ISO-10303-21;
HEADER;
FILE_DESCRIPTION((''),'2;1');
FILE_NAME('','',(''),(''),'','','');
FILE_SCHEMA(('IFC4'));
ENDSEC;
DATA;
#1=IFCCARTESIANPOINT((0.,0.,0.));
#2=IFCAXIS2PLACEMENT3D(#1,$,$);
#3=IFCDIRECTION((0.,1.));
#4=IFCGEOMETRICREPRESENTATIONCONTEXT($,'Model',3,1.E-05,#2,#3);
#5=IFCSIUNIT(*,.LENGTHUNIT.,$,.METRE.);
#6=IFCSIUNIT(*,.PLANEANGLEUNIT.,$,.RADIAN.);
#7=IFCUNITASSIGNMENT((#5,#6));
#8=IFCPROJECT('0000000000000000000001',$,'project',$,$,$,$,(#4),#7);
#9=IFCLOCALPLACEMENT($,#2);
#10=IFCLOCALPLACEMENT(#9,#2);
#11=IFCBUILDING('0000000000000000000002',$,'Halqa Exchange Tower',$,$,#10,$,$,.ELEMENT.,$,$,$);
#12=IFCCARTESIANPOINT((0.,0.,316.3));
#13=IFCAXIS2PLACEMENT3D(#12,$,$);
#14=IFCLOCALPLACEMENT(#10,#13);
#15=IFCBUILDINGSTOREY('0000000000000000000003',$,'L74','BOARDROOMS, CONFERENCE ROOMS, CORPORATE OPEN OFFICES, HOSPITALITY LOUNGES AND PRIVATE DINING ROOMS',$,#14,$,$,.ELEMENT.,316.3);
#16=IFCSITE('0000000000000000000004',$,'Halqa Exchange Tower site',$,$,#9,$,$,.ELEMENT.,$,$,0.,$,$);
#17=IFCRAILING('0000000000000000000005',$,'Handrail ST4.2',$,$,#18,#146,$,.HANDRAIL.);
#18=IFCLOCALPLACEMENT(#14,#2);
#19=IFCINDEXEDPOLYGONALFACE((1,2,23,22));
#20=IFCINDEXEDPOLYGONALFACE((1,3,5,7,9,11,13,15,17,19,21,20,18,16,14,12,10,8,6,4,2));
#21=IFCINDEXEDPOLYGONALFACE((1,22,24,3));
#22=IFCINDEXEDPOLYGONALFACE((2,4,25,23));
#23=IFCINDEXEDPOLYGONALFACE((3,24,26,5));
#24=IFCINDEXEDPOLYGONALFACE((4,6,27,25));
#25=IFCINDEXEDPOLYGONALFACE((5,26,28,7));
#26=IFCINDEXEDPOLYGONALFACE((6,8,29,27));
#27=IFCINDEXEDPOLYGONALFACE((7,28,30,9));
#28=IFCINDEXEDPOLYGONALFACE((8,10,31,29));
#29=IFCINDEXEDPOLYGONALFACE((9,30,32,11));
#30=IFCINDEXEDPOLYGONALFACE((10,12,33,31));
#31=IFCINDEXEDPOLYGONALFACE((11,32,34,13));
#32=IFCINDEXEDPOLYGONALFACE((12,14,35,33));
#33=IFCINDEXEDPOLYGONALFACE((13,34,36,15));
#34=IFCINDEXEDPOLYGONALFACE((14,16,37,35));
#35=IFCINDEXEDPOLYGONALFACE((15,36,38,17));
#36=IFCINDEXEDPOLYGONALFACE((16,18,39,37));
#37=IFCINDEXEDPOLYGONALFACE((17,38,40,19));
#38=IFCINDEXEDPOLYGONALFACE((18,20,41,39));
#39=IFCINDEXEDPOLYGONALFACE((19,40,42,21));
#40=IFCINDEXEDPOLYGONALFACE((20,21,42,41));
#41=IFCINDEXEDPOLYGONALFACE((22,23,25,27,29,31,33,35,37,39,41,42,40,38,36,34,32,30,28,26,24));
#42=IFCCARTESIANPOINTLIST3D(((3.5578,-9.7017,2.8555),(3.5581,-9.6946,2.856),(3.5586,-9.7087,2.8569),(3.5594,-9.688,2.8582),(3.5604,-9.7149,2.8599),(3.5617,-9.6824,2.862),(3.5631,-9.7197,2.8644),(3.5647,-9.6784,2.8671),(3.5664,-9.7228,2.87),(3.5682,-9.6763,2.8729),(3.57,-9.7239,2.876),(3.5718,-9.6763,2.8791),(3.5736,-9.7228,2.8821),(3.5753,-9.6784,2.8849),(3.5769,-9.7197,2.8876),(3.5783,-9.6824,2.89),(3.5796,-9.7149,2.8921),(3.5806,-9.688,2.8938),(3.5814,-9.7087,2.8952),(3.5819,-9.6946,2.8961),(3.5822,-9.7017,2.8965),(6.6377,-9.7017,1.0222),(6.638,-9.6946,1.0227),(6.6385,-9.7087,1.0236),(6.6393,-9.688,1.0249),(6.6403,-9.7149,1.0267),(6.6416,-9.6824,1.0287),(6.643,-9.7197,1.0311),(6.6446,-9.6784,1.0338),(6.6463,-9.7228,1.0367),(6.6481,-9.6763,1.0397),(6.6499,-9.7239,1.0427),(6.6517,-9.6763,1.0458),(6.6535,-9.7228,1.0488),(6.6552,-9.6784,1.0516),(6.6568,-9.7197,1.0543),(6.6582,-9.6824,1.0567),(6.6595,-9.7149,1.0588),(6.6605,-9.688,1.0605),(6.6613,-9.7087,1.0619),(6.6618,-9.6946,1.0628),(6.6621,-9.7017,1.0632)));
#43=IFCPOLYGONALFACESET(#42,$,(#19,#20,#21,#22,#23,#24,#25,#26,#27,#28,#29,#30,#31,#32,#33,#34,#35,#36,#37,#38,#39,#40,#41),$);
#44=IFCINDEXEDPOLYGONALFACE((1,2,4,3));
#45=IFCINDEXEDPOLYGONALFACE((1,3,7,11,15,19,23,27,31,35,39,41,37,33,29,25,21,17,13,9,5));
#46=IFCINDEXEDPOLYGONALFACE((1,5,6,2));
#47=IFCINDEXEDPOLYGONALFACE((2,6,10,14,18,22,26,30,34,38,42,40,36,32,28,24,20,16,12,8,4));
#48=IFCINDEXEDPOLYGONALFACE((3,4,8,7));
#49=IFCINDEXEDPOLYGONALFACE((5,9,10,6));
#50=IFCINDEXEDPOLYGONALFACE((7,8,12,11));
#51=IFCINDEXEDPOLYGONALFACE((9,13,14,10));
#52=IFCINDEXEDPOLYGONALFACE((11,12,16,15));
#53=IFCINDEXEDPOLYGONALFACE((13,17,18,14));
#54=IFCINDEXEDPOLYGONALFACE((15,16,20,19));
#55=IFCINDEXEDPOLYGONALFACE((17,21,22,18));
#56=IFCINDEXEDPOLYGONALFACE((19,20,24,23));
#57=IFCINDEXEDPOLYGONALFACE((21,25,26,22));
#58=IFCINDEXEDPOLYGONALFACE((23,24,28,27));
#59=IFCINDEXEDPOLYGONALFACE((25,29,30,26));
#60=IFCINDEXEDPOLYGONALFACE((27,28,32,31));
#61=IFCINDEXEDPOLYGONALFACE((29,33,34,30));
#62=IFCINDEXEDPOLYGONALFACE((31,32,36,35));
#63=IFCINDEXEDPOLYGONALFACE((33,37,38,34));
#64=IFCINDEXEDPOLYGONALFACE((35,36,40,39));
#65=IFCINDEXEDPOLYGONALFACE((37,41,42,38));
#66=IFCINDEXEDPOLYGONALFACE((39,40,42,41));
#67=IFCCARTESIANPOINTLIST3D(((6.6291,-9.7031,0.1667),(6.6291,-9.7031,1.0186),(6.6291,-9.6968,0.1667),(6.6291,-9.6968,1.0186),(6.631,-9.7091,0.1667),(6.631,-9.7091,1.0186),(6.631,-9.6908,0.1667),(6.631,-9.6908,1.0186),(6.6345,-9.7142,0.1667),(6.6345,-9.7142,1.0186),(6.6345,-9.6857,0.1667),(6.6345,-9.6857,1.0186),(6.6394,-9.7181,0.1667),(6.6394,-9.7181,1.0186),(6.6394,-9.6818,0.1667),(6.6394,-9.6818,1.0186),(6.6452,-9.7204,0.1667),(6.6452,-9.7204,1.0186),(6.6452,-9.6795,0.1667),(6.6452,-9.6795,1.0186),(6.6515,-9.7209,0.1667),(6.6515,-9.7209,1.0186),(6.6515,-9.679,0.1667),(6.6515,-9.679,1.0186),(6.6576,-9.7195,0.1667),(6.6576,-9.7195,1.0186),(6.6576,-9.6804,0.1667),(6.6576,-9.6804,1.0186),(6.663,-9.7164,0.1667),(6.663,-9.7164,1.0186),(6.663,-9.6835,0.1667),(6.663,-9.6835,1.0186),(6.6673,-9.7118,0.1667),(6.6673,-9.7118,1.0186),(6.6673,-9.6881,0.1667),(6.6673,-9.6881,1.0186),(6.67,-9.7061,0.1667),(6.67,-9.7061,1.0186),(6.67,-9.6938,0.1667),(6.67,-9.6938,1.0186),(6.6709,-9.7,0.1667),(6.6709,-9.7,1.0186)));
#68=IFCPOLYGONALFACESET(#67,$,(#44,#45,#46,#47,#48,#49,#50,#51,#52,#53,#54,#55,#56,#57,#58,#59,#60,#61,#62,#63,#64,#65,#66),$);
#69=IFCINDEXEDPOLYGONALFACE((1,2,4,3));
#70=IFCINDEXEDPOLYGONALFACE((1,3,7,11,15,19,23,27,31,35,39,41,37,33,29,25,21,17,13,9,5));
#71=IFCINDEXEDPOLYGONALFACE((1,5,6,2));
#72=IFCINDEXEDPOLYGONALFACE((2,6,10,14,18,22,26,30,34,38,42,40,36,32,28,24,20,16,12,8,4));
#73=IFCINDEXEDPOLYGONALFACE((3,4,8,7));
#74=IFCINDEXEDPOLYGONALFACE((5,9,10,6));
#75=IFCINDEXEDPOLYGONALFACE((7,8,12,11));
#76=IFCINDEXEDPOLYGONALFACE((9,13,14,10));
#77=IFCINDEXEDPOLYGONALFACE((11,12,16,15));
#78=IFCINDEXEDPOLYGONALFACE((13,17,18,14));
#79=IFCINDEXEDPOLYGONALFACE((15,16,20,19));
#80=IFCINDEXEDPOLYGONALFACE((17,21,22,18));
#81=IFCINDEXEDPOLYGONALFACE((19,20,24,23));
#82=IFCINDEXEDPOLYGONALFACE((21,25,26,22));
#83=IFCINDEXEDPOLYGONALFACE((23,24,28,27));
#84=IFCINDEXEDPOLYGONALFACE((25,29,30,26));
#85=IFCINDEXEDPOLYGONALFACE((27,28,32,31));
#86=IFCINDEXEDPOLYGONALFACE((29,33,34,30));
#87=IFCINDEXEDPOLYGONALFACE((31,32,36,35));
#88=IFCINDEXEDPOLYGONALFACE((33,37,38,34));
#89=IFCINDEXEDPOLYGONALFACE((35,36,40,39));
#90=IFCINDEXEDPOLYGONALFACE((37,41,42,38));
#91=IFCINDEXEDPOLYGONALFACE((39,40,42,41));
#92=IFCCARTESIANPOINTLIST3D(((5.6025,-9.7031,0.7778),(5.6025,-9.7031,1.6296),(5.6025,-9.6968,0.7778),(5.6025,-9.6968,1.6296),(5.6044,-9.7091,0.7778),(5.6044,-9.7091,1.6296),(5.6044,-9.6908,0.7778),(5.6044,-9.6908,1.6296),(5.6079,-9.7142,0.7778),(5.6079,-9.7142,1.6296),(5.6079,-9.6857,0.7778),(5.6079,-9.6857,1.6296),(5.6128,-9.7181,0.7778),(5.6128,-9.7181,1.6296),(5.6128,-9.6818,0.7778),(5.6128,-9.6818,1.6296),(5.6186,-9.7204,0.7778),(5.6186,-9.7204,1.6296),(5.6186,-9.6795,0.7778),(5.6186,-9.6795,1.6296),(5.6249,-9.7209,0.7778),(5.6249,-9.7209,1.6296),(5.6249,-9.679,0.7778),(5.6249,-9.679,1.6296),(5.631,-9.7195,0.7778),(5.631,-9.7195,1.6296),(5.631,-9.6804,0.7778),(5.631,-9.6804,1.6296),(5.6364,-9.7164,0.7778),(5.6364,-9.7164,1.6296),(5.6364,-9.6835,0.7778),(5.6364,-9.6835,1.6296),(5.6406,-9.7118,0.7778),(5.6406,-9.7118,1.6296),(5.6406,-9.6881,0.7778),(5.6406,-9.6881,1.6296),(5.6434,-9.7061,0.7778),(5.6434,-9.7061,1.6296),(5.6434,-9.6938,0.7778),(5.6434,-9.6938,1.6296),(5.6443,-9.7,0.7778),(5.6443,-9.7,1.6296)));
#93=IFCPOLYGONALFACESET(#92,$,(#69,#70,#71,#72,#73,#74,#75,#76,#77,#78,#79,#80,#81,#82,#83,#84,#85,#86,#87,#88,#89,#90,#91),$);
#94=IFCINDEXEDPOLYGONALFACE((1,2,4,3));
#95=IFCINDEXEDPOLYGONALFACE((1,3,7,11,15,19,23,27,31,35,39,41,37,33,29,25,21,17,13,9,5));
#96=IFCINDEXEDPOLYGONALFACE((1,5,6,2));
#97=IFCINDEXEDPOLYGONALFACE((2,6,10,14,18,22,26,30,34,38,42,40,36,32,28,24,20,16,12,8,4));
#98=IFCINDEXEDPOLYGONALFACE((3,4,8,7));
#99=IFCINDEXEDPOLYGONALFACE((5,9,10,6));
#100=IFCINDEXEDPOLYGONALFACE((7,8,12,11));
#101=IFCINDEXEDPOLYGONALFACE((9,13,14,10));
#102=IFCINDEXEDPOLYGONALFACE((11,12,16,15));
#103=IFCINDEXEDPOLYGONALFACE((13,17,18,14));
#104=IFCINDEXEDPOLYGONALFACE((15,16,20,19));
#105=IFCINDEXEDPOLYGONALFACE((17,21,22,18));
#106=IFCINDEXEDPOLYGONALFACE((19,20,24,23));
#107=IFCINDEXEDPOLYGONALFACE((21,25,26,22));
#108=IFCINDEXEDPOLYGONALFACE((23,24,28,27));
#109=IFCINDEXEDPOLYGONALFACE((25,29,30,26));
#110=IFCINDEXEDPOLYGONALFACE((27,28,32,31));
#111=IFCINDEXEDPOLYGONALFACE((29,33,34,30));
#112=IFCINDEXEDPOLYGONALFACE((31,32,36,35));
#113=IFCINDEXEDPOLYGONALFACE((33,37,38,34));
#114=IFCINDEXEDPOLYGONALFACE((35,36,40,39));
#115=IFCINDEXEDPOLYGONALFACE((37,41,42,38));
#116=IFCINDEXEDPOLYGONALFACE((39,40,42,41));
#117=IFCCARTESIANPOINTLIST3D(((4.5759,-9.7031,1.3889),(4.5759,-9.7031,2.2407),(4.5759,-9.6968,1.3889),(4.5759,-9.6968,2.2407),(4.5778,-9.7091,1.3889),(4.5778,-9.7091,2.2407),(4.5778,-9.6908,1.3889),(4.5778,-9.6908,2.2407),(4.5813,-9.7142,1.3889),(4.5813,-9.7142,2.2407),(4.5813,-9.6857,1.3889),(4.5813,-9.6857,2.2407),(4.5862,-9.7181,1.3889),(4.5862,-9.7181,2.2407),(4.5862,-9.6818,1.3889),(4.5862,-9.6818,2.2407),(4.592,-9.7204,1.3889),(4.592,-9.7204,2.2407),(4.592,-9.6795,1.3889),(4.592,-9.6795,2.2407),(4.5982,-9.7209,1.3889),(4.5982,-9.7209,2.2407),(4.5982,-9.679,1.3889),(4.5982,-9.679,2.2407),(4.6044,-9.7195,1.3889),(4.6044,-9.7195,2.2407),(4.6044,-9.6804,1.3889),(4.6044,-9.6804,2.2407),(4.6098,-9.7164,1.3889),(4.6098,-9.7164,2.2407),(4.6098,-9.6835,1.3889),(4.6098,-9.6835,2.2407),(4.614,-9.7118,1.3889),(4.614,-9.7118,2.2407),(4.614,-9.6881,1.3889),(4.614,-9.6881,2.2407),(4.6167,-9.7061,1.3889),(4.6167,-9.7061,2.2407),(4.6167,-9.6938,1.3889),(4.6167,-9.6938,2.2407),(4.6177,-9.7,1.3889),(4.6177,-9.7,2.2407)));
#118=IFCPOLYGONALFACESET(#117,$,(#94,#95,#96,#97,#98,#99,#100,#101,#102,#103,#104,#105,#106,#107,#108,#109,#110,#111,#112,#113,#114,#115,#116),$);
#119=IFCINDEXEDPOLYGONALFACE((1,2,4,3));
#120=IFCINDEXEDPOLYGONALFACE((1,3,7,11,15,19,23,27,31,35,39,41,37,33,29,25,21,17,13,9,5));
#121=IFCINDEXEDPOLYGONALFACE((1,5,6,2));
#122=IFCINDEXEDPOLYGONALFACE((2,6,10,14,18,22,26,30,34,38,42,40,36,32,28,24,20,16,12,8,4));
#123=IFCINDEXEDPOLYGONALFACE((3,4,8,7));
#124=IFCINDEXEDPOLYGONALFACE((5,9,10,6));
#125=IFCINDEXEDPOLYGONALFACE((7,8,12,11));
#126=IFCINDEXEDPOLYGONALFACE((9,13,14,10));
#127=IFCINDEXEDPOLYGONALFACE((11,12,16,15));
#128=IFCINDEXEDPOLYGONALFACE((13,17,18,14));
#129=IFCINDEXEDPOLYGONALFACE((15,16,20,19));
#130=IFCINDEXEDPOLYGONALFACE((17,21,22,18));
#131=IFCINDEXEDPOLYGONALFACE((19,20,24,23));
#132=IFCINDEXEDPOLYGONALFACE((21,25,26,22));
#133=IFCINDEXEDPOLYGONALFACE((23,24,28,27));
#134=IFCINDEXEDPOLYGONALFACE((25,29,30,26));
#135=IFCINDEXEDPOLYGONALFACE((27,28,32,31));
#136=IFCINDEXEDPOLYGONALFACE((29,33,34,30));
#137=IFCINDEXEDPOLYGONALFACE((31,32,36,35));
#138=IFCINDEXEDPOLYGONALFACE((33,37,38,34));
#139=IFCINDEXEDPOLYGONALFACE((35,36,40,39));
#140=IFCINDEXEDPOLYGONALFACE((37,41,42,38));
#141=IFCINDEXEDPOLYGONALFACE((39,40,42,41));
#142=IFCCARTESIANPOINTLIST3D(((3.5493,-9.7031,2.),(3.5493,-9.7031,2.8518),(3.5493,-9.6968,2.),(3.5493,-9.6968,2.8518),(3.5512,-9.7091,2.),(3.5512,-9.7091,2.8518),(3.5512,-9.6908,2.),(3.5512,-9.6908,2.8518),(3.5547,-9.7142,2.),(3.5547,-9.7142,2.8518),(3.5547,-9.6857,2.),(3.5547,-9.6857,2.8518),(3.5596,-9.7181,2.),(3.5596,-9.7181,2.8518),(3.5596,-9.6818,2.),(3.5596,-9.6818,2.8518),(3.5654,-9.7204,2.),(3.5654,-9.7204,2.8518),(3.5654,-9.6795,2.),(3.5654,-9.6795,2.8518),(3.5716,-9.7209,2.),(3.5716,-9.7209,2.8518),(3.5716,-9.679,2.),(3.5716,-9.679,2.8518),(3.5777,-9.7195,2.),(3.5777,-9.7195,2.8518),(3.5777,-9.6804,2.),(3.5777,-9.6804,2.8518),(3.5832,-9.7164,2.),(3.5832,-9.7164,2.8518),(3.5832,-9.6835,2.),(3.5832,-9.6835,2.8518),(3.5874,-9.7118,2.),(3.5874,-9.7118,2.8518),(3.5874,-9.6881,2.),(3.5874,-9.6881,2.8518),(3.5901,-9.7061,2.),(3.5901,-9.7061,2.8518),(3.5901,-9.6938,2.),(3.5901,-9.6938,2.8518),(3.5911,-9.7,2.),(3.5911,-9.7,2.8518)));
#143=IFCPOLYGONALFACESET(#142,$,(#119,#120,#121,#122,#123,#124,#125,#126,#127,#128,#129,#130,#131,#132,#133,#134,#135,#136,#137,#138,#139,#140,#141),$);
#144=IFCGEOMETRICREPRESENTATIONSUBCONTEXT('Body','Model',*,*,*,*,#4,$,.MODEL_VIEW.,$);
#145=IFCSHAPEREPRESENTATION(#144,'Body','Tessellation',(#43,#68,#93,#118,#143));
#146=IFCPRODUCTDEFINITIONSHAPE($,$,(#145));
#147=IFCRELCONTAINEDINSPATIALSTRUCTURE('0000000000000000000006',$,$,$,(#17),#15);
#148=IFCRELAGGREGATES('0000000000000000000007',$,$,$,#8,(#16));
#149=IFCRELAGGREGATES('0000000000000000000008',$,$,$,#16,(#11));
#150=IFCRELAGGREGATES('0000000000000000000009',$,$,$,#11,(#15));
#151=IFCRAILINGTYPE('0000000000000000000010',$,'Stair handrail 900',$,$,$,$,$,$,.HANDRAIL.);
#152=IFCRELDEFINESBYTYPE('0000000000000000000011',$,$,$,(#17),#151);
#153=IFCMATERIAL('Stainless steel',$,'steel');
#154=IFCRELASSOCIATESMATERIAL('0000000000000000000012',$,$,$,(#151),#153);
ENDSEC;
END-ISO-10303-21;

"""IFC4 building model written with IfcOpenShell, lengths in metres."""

from ifc_helpers import new_model, si_unit, direction, frame, origin, origin_2d, place, context, subcontext, project, spatial, circle, extrude, material, type_object, element, save


model = new_model("IFC4")

# Units and contexts
model_context = context("Model", 3, precision=1e-05, world=origin(), true_north=direction((0.0, 1.0)))
body_context = subcontext(model_context, "Body", "Model", "MODEL_VIEW")
ifc_project = project(units=[si_unit("LENGTHUNIT", "METRE"), si_unit("PLANEANGLEUNIT", "RADIAN")], contexts=[model_context])

# Site, building, storey
site_placement = place(None, origin())
site = spatial("IfcSite", under=ifc_project, at=site_placement, Name="Halqa Exchange Tower site", CompositionType="ELEMENT", RefElevation=0.0)
building_placement = place(site_placement, origin())
building = spatial("IfcBuilding", under=site, at=building_placement, Name="Halqa Exchange Tower", CompositionType="ELEMENT")
storey_placement = place(building_placement, frame((0.0, 0.0, 316.3)))
storey = spatial("IfcBuildingStorey", under=building, at=storey_placement, Name="L74", Description="BOARDROOMS, CONFERENCE ROOMS, CORPORATE OPEN OFFICES, HOSPITALITY LOUNGES AND PRIVATE DINING ROOMS", CompositionType="ELEMENT", Elevation=316.3)

# Railing
ifc_material_1 = material(Name="Stainless steel", Category="steel")
railing_type_1 = type_object("IfcRailingType", Name="Stair handrail 900", PredefinedType="HANDRAIL", material=ifc_material_1)
railing_1_placement = place(storey_placement, frame((6.6499, -9.7, 0.1667)))
element("IfcRailing", 1, at=railing_1_placement, inside=storey, type_object=railing_type_1, Name="Handrail ST4.2", PredefinedType="HANDRAIL", context=body_context, shape_type="SweptSolid", body=[
    extrude(circle(Radius=0.0239, at=origin_2d()), frame((0.0, 0.0, 0.876), z_axis=(-0.859291, 0.0, 0.511487), x_axis=(0.0, -1.0, 0.0)), (0.0, 0.0, 1.0), 3.5842),
    extrude(circle(Radius=0.021, at=origin_2d()), origin(), (0.0, 0.0, 1.0), 0.8518),
    extrude(circle(Radius=0.021, at=origin_2d()), frame((-1.0266, 0.0, 0.6111)), (0.0, 0.0, 1.0), 0.8518),
    extrude(circle(Radius=0.021, at=origin_2d()), frame((-2.0532, 0.0, 1.2222)), (0.0, 0.0, 1.0), 0.8518),
    extrude(circle(Radius=0.021, at=origin_2d()), frame((-3.0798, 0.0, 1.8333)), (0.0, 0.0, 1.0), 0.8518),
])

save(model, "model.ifc")
